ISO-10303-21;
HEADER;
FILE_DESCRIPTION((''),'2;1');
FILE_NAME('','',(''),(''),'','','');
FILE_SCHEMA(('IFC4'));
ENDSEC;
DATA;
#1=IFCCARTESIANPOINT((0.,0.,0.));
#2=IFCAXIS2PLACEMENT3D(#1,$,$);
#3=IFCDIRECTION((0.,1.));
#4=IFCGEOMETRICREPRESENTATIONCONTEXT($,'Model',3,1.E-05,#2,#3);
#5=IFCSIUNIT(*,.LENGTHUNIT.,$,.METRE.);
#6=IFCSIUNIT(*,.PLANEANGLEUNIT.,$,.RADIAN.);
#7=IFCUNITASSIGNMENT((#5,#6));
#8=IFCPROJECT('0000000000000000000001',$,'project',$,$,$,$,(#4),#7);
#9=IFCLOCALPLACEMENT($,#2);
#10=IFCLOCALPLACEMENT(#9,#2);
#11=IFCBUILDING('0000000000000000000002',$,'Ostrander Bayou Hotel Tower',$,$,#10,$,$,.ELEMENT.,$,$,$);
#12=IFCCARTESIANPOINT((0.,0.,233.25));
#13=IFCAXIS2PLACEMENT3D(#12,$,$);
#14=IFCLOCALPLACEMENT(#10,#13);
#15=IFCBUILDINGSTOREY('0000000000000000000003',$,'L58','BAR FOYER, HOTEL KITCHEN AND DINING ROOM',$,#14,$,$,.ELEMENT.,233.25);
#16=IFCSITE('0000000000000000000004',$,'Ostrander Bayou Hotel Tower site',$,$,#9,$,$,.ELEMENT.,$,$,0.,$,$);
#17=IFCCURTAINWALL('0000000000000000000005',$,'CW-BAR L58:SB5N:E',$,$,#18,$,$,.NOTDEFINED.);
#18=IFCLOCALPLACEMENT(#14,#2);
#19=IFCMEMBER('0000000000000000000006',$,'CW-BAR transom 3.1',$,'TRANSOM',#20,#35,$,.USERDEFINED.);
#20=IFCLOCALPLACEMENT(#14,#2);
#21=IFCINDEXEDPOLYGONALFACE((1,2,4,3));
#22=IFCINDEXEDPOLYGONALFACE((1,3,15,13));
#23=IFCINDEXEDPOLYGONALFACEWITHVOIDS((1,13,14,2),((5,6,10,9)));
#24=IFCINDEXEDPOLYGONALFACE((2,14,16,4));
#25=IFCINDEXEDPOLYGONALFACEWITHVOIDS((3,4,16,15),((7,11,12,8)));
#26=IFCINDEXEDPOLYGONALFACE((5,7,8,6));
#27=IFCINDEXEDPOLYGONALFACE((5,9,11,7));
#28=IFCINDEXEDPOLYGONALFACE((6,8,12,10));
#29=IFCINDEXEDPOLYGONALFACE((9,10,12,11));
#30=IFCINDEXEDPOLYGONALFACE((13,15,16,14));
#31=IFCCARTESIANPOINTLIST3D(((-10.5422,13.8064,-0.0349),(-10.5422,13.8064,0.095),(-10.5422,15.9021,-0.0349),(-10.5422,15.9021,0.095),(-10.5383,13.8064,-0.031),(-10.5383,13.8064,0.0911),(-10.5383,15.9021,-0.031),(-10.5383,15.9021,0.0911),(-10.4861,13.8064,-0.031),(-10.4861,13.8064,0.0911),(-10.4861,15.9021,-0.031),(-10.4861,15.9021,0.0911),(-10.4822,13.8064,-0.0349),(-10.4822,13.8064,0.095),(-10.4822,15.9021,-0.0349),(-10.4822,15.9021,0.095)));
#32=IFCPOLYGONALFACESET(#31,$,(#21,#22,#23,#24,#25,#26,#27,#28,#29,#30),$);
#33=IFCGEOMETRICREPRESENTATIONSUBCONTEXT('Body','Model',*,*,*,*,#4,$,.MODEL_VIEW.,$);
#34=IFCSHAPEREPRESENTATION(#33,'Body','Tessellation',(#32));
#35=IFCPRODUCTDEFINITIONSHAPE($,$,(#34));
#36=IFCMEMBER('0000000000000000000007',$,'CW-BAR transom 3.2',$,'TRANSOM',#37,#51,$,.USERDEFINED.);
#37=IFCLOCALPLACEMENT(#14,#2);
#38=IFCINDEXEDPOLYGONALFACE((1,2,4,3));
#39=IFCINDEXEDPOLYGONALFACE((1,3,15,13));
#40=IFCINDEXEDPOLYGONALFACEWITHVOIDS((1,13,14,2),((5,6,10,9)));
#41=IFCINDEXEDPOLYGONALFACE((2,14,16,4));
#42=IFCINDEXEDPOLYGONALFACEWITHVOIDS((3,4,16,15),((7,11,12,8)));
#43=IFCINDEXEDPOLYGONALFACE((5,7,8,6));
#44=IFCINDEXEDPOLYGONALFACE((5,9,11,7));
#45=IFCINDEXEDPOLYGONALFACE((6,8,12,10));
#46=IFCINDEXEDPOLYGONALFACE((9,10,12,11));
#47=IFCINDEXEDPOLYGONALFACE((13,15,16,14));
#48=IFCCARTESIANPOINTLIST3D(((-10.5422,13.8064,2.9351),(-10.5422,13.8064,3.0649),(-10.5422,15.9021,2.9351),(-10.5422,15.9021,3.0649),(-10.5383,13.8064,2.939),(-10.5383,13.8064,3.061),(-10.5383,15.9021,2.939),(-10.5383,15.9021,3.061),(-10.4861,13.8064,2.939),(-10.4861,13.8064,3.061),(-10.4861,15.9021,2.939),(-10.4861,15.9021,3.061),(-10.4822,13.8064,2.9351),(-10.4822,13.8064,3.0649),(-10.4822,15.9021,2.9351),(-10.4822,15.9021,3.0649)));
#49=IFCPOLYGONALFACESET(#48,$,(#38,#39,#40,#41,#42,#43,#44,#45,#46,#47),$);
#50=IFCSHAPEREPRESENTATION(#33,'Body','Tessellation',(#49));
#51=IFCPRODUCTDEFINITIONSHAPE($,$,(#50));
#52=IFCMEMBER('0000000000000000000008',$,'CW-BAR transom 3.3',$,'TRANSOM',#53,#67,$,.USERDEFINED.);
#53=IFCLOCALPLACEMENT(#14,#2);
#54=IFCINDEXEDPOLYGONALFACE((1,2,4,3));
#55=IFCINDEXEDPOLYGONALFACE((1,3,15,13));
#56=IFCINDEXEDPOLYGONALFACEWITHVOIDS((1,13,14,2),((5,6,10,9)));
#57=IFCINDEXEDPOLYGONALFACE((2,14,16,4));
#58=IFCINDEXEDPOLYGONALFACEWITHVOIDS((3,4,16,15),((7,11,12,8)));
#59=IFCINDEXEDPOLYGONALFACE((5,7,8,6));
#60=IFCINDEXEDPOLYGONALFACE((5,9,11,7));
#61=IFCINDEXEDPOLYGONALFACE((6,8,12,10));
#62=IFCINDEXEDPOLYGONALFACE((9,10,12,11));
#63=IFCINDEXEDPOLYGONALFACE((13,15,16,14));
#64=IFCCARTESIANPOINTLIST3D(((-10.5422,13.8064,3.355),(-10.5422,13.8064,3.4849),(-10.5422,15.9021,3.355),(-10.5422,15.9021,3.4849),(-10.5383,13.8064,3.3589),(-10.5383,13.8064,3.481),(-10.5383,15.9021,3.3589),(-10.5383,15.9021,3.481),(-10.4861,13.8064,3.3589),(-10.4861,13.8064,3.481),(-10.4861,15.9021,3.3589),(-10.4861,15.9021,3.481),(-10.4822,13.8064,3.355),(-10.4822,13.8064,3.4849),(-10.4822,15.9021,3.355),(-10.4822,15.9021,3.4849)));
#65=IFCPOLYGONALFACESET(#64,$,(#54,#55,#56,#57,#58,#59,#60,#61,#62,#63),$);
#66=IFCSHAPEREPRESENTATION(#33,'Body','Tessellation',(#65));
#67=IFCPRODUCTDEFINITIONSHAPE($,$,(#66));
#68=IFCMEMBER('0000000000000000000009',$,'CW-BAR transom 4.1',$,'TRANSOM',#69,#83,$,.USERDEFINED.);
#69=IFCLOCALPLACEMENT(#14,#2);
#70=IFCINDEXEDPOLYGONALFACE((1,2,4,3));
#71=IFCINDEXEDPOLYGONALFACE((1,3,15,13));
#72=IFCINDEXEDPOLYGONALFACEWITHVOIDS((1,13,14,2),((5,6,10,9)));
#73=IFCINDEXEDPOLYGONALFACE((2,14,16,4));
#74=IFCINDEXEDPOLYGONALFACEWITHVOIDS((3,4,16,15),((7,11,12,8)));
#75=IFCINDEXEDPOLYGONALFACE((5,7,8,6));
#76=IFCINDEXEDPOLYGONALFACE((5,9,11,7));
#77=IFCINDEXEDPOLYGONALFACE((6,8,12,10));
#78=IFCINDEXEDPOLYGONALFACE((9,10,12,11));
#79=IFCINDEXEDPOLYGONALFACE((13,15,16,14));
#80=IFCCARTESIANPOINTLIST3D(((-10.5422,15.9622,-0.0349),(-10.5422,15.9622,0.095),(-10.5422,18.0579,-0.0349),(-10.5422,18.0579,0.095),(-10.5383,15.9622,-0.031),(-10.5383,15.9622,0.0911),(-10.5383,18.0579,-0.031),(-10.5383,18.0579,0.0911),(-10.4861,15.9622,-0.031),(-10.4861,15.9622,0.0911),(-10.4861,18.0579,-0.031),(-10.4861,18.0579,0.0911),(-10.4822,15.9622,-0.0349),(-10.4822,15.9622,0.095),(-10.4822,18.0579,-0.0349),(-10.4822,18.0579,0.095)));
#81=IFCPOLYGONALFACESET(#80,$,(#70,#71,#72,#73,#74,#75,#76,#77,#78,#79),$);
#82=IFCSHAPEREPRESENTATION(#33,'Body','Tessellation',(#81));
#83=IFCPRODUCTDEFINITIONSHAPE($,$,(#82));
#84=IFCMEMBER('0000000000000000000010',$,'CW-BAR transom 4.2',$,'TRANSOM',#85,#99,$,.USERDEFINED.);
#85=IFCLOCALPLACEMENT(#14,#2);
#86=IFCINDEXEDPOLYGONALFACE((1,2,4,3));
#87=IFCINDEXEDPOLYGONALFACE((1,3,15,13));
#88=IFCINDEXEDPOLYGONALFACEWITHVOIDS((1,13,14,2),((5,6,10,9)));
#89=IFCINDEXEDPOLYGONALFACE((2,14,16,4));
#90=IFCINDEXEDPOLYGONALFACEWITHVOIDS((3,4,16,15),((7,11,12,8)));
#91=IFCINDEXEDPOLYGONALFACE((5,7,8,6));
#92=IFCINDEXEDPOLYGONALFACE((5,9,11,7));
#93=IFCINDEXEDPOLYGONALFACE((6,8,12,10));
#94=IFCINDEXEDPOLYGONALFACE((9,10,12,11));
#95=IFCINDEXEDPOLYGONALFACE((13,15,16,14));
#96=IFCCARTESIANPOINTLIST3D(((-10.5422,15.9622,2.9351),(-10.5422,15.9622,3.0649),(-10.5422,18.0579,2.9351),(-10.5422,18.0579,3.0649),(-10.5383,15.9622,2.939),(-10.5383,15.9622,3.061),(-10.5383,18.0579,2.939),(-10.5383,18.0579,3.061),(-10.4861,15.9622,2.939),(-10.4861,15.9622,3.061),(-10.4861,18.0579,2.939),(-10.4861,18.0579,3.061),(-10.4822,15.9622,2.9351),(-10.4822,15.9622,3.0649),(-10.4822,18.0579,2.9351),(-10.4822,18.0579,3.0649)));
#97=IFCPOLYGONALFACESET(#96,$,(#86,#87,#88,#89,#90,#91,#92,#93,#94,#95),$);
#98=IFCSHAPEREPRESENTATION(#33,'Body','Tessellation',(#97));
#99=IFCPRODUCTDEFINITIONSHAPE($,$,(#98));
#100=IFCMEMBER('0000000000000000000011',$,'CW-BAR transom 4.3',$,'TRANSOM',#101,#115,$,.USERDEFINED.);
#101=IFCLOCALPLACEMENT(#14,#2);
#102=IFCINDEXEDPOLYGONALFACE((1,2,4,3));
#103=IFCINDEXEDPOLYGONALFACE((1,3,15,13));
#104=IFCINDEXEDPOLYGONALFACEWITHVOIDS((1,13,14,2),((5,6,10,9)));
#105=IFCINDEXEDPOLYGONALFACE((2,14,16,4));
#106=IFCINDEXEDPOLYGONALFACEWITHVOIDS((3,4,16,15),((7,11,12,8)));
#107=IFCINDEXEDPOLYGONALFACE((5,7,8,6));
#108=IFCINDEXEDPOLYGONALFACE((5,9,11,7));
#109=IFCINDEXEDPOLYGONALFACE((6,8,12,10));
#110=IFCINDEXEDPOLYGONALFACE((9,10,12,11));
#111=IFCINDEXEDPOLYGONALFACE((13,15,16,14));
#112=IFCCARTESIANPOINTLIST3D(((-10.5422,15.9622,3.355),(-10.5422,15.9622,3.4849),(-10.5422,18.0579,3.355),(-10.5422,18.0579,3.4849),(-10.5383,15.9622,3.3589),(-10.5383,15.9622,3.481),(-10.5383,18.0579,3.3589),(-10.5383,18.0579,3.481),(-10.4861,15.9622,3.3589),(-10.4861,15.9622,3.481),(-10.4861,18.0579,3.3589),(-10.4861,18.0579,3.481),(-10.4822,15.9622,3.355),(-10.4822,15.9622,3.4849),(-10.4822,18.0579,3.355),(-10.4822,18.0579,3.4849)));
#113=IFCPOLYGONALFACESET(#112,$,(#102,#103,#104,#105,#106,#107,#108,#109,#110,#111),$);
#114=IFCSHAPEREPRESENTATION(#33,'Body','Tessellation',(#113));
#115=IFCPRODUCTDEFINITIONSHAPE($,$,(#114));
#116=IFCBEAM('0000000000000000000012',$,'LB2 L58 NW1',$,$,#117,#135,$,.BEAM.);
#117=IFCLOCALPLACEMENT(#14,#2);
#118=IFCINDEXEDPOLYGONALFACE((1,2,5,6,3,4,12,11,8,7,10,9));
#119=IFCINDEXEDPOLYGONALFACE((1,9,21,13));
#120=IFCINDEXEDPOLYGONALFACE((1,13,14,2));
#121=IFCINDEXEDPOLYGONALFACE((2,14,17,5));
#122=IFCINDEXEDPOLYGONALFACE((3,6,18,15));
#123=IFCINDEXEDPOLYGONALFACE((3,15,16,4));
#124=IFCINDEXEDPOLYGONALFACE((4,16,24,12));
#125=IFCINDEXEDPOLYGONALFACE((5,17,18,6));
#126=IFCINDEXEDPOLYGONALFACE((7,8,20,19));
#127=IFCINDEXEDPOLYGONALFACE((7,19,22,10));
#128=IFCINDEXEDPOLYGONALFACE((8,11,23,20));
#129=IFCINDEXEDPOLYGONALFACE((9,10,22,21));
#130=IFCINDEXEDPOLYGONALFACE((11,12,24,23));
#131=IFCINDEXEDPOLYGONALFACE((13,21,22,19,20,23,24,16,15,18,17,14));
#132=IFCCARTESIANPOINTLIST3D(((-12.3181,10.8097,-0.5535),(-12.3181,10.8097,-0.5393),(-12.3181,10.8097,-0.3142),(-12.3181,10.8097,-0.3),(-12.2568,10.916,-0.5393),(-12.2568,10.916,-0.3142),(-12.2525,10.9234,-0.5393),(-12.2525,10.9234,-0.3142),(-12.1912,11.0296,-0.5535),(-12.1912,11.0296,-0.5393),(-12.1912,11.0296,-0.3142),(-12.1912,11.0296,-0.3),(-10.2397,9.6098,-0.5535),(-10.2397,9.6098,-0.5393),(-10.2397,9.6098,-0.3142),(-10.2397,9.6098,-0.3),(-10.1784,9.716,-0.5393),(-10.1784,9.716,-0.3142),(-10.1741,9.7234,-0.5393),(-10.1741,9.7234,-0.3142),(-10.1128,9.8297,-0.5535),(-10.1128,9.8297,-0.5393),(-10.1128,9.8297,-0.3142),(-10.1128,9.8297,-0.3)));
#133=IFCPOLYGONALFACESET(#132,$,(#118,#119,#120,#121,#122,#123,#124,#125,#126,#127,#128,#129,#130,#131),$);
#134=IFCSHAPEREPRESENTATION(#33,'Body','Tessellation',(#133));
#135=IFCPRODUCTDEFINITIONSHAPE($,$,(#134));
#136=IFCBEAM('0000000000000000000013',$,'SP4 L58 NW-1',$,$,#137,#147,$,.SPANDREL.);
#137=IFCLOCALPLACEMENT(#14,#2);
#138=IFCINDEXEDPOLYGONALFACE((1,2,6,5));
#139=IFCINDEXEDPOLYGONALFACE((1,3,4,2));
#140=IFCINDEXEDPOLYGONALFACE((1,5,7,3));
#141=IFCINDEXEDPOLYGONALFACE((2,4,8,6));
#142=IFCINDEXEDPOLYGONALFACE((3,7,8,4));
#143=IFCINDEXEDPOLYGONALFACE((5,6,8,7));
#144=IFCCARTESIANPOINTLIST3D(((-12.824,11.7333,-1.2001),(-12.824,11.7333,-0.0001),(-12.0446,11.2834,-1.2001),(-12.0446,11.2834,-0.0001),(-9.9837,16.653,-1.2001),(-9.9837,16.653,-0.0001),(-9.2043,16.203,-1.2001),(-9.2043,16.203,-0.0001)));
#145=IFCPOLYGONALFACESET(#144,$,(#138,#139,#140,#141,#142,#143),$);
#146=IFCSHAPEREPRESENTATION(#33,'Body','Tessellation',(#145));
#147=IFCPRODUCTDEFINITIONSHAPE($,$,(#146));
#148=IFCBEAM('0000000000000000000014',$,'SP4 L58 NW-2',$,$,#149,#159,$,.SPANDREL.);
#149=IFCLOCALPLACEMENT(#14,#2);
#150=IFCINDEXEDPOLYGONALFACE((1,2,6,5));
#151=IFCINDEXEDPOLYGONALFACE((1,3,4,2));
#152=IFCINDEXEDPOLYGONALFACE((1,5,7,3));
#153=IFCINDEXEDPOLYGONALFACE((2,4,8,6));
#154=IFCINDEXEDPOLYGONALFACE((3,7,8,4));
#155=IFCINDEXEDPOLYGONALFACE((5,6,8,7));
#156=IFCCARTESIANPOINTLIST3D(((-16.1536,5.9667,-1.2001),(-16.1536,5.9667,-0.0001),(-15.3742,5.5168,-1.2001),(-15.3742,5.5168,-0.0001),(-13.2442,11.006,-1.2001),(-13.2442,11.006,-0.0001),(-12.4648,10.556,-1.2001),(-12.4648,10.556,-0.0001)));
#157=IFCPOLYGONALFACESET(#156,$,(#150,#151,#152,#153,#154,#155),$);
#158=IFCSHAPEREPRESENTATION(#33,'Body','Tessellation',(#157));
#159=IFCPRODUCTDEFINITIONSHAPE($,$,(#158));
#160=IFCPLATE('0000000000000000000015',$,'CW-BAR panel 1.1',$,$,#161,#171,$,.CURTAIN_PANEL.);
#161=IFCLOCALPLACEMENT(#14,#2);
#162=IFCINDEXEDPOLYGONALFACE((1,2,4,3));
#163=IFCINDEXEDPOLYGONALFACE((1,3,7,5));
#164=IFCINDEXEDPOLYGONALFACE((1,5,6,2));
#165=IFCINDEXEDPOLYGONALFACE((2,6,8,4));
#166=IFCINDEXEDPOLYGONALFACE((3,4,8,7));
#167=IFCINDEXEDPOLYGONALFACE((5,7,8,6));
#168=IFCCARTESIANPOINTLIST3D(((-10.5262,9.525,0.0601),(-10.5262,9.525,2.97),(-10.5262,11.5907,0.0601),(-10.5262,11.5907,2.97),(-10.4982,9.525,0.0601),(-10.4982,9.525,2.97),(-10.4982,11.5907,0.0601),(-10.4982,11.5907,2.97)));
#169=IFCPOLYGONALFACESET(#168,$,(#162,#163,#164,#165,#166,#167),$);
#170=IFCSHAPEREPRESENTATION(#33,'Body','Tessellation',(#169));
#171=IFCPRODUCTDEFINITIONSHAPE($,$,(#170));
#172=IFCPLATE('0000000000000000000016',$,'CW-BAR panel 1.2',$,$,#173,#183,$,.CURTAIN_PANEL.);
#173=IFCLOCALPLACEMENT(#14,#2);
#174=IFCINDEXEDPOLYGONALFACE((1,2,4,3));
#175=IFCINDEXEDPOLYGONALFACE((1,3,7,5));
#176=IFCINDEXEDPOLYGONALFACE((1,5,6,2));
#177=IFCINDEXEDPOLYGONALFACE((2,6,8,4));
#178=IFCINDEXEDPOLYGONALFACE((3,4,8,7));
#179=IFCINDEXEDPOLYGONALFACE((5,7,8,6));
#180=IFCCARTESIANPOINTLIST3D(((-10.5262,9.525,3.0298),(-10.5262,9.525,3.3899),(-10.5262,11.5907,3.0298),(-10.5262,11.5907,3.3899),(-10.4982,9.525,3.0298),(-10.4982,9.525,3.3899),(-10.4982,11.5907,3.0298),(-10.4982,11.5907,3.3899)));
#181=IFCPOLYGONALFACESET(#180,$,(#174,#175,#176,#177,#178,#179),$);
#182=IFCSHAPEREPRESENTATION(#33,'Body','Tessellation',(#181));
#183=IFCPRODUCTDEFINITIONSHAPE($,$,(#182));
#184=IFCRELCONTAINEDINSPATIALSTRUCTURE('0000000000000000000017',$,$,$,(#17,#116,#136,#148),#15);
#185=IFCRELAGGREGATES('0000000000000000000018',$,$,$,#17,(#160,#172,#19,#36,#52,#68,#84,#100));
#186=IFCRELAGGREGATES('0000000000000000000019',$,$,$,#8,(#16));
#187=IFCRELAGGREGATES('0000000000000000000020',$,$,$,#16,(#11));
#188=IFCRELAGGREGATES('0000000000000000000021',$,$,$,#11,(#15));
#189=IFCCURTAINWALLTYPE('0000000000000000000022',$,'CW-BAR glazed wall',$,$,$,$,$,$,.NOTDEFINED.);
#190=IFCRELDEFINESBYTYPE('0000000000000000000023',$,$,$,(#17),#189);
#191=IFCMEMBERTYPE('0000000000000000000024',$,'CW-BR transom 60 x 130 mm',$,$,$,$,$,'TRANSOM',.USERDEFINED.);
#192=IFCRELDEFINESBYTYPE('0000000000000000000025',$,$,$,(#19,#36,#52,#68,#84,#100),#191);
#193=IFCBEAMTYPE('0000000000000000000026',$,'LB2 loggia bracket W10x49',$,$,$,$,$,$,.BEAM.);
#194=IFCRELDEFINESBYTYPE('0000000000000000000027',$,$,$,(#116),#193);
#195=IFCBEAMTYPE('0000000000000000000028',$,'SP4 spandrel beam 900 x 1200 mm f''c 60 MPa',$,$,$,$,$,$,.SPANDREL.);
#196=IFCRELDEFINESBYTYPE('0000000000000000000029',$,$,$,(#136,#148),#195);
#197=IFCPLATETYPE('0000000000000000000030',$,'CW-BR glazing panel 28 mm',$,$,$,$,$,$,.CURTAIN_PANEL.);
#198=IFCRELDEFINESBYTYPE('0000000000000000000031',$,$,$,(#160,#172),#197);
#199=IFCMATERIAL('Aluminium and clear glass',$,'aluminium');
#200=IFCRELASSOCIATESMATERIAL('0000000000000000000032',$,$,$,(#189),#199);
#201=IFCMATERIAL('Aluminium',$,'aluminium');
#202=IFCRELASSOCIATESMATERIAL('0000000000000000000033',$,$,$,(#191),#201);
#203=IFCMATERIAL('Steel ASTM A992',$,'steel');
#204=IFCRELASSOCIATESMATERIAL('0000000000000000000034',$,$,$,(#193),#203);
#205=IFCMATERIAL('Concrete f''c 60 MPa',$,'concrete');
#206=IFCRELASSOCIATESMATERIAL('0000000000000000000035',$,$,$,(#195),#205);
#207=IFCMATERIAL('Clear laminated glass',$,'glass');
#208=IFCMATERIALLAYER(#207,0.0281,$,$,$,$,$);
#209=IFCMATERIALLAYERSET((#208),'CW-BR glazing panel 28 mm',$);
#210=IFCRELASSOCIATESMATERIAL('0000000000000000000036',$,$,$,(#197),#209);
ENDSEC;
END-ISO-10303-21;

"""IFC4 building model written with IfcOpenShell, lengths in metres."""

from ifc_helpers import new_model, si_unit, direction, frame, origin, origin_2d, place, context, subcontext, project, spatial, rectangle, hollow_rectangle, i_section, extrude, material, layer, layer_set, material_profile, profile_set, type_object, element, aggregate, save


model = new_model("IFC4")

# Units and contexts
model_context = context("Model", 3, precision=1e-05, world=origin(), true_north=direction((0.0, 1.0)))
body_context = subcontext(model_context, "Body", "Model", "MODEL_VIEW")
ifc_project = project(units=[si_unit("LENGTHUNIT", "METRE"), si_unit("PLANEANGLEUNIT", "RADIAN")], contexts=[model_context])

# Site, building, storey
site_placement = place(None, origin())
site = spatial("IfcSite", under=ifc_project, at=site_placement, Name="Ostrander Bayou Hotel Tower site", CompositionType="ELEMENT", RefElevation=0.0)
building_placement = place(site_placement, origin())
building = spatial("IfcBuilding", under=site, at=building_placement, Name="Ostrander Bayou Hotel Tower", CompositionType="ELEMENT")
storey_placement = place(building_placement, frame((0.0, 0.0, 233.25)))
storey = spatial("IfcBuildingStorey", under=building, at=storey_placement, Name="L58", Description="BAR FOYER, HOTEL KITCHEN AND DINING ROOM", CompositionType="ELEMENT", Elevation=233.25)

# Curtain wall, members
ifc_material_1 = material(Name="Aluminium and clear glass", Category="aluminium")
curtain_wall_type = type_object("IfcCurtainWallType", Name="CW-BAR glazed wall", PredefinedType="NOTDEFINED", material=ifc_material_1)
curtain_wall_placement = place(storey_placement, origin())
curtain_wall = element("IfcCurtainWall", 1, at=curtain_wall_placement, inside=storey, type_object=curtain_wall_type, Name="CW-BAR L58:SB5N:E", PredefinedType="NOTDEFINED")
ifc_material_2 = material(Name="Aluminium", Category="aluminium")
ifc_material_profile_1 = material_profile(ifc_material_2, hollow_rectangle(XDim=0.0601, YDim=0.1299, WallThickness=0.0039, at=origin_2d()))
ifc_profile_set_1 = profile_set([ifc_material_profile_1], Name="Aluminium")
member_type_1 = type_object("IfcMemberType", Name="CW-BR transom 60 x 130 mm", ElementType="TRANSOM", PredefinedType="USERDEFINED", material=ifc_profile_set_1)
member_1_placement = place(storey_placement, frame((-10.5122, 13.8064, 0.03), z_axis=(0.0, 1.0, 0.0), x_axis=(-1.0, 0.0, 0.0)))
member_1 = element("IfcMember", 2, at=member_1_placement, type_object=member_type_1, Name="CW-BAR transom 3.1", ObjectType="TRANSOM", PredefinedType="USERDEFINED", context=body_context, shape_type="SweptSolid", body=[
    extrude(hollow_rectangle(XDim=0.0601, YDim=0.1299, WallThickness=0.0039, at=origin_2d()), origin(), (0.0, 0.0, 1.0), 2.0957),
])
member_2_placement = place(storey_placement, frame((-10.5122, 13.8064, 3.0), z_axis=(0.0, 1.0, 0.0), x_axis=(-1.0, 0.0, 0.0)))
member_2 = element("IfcMember", 3, at=member_2_placement, type_object=member_type_1, Name="CW-BAR transom 3.2", ObjectType="TRANSOM", PredefinedType="USERDEFINED", context=body_context, shape_type="SweptSolid", body=[
    extrude(hollow_rectangle(XDim=0.0601, YDim=0.1299, WallThickness=0.0039, at=origin_2d()), origin(), (0.0, 0.0, 1.0), 2.0957),
])
member_3_placement = place(storey_placement, frame((-10.5122, 13.8064, 3.4199), z_axis=(0.0, 1.0, 0.0), x_axis=(-1.0, 0.0, 0.0)))
member_3 = element("IfcMember", 4, at=member_3_placement, type_object=member_type_1, Name="CW-BAR transom 3.3", ObjectType="TRANSOM", PredefinedType="USERDEFINED", context=body_context, shape_type="SweptSolid", body=[
    extrude(hollow_rectangle(XDim=0.0601, YDim=0.1299, WallThickness=0.0039, at=origin_2d()), origin(), (0.0, 0.0, 1.0), 2.0957),
])
member_4_placement = place(storey_placement, frame((-10.5122, 15.9622, 0.03), z_axis=(0.0, 1.0, 0.0), x_axis=(-1.0, 0.0, 0.0)))
member_4 = element("IfcMember", 5, at=member_4_placement, type_object=member_type_1, Name="CW-BAR transom 4.1", ObjectType="TRANSOM", PredefinedType="USERDEFINED", context=body_context, shape_type="SweptSolid", body=[
    extrude(hollow_rectangle(XDim=0.0601, YDim=0.1299, WallThickness=0.0039, at=origin_2d()), origin(), (0.0, 0.0, 1.0), 2.0957),
])
member_5_placement = place(storey_placement, frame((-10.5122, 15.9622, 3.0), z_axis=(0.0, 1.0, 0.0), x_axis=(-1.0, 0.0, 0.0)))
member_5 = element("IfcMember", 6, at=member_5_placement, type_object=member_type_1, Name="CW-BAR transom 4.2", ObjectType="TRANSOM", PredefinedType="USERDEFINED", context=body_context, shape_type="SweptSolid", body=[
    extrude(hollow_rectangle(XDim=0.0601, YDim=0.1299, WallThickness=0.0039, at=origin_2d()), origin(), (0.0, 0.0, 1.0), 2.0957),
])
member_6_placement = place(storey_placement, frame((-10.5122, 15.9622, 3.4199), z_axis=(0.0, 1.0, 0.0), x_axis=(-1.0, 0.0, 0.0)))
member_6 = element("IfcMember", 7, at=member_6_placement, type_object=member_type_1, Name="CW-BAR transom 4.3", ObjectType="TRANSOM", PredefinedType="USERDEFINED", context=body_context, shape_type="SweptSolid", body=[
    extrude(hollow_rectangle(XDim=0.0601, YDim=0.1299, WallThickness=0.0039, at=origin_2d()), origin(), (0.0, 0.0, 1.0), 2.0957),
])

# Beams
ifc_material_3 = material(Name="Steel ASTM A992", Category="steel")
ifc_material_profile_2 = material_profile(ifc_material_3, i_section(OverallWidth=0.2539, OverallDepth=0.2534, WebThickness=0.0085, FlangeThickness=0.0142, at=origin_2d()))
ifc_profile_set_2 = profile_set([ifc_material_profile_2], Name="Steel ASTM A992")
beam_type_1 = type_object("IfcBeamType", Name="LB2 loggia bracket W10x49", PredefinedType="BEAM", material=ifc_profile_set_2)
beam_1_placement = place(storey_placement, frame((-12.2546, 10.9197, -0.4268), z_axis=(0.866025, -0.500001, 0.0), x_axis=(0.500001, 0.866025, 0.0)))
element("IfcBeam", 8, at=beam_1_placement, inside=storey, type_object=beam_type_1, Name="LB2 L58 NW1", PredefinedType="BEAM", context=body_context, shape_type="SweptSolid", body=[
    extrude(i_section(OverallWidth=0.2539, OverallDepth=0.2534, WebThickness=0.0085, FlangeThickness=0.0142, at=origin_2d()), origin(), (0.0, 0.0, 1.0), 2.3999),
])
ifc_material_4 = material(Name="Concrete f'c 60 MPa", Category="concrete")
ifc_material_profile_3 = material_profile(ifc_material_4, rectangle(XDim=0.8999, YDim=1.2, at=origin_2d()))
ifc_profile_set_3 = profile_set([ifc_material_profile_3], Name="Concrete f'c 60 MPa")
beam_type_2 = type_object("IfcBeamType", Name="SP4 spandrel beam 900 x 1200 mm f'c 60 MPa", PredefinedType="SPANDREL", material=ifc_profile_set_3)
beam_2_placement = place(storey_placement, frame((-9.594, 16.428, -0.6001), z_axis=(-0.499994, -0.866029, 0.0), x_axis=(0.866029, -0.499994, 0.0)))
element("IfcBeam", 9, at=beam_2_placement, inside=storey, type_object=beam_type_2, Name="SP4 L58 NW-1", PredefinedType="SPANDREL", context=body_context, shape_type="SweptSolid", body=[
    extrude(rectangle(XDim=0.8999, YDim=1.2, at=origin_2d()), origin(), (0.0, 0.0, 1.0), 5.6807),
])
beam_3_placement = place(storey_placement, frame((-12.8545, 10.781, -0.6001), z_axis=(-0.499997, -0.866027, 0.0), x_axis=(0.866027, -0.499997, 0.0)))
element("IfcBeam", 10, at=beam_3_placement, inside=storey, type_object=beam_type_2, Name="SP4 L58 NW-2", PredefinedType="SPANDREL", context=body_context, shape_type="SweptSolid", body=[
    extrude(rectangle(XDim=0.8999, YDim=1.2, at=origin_2d()), origin(), (0.0, 0.0, 1.0), 5.8188),
])

# Plates
ifc_material_5 = material(Name="Clear laminated glass", Category="glass")
ifc_layer_1 = layer(ifc_material_5, 0.0281)
ifc_layer_set_1 = layer_set([ifc_layer_1], Name="CW-BR glazing panel 28 mm")
plate_type = type_object("IfcPlateType", Name="CW-BR glazing panel 28 mm", PredefinedType="CURTAIN_PANEL", material=ifc_layer_set_1)
plate_1_placement = place(storey_placement, frame((-10.5122, 10.5579, 0.0601), z_axis=(0.0, 0.0, 1.0), x_axis=(0.0, 1.0, 0.0)))
plate_1 = element("IfcPlate", 11, at=plate_1_placement, type_object=plate_type, Name="CW-BAR panel 1.1", PredefinedType="CURTAIN_PANEL", context=body_context, shape_type="SweptSolid", body=[
    extrude(rectangle(XDim=2.0657, YDim=0.0281, at=origin_2d()), origin(), (0.0, 0.0, 1.0), 2.9099),
])
plate_2_placement = place(storey_placement, frame((-10.5122, 10.5579, 3.0298), z_axis=(0.0, 0.0, 1.0), x_axis=(0.0, 1.0, 0.0)))
plate_2 = element("IfcPlate", 12, at=plate_2_placement, type_object=plate_type, Name="CW-BAR panel 1.2", PredefinedType="CURTAIN_PANEL", context=body_context, shape_type="SweptSolid", body=[
    extrude(rectangle(XDim=2.0657, YDim=0.0281, at=origin_2d()), origin(), (0.0, 0.0, 1.0), 0.3601),
])
aggregate(curtain_wall, [plate_1, plate_2, member_1, member_2, member_3, member_4, member_5, member_6])

save(model, "model.ifc")
